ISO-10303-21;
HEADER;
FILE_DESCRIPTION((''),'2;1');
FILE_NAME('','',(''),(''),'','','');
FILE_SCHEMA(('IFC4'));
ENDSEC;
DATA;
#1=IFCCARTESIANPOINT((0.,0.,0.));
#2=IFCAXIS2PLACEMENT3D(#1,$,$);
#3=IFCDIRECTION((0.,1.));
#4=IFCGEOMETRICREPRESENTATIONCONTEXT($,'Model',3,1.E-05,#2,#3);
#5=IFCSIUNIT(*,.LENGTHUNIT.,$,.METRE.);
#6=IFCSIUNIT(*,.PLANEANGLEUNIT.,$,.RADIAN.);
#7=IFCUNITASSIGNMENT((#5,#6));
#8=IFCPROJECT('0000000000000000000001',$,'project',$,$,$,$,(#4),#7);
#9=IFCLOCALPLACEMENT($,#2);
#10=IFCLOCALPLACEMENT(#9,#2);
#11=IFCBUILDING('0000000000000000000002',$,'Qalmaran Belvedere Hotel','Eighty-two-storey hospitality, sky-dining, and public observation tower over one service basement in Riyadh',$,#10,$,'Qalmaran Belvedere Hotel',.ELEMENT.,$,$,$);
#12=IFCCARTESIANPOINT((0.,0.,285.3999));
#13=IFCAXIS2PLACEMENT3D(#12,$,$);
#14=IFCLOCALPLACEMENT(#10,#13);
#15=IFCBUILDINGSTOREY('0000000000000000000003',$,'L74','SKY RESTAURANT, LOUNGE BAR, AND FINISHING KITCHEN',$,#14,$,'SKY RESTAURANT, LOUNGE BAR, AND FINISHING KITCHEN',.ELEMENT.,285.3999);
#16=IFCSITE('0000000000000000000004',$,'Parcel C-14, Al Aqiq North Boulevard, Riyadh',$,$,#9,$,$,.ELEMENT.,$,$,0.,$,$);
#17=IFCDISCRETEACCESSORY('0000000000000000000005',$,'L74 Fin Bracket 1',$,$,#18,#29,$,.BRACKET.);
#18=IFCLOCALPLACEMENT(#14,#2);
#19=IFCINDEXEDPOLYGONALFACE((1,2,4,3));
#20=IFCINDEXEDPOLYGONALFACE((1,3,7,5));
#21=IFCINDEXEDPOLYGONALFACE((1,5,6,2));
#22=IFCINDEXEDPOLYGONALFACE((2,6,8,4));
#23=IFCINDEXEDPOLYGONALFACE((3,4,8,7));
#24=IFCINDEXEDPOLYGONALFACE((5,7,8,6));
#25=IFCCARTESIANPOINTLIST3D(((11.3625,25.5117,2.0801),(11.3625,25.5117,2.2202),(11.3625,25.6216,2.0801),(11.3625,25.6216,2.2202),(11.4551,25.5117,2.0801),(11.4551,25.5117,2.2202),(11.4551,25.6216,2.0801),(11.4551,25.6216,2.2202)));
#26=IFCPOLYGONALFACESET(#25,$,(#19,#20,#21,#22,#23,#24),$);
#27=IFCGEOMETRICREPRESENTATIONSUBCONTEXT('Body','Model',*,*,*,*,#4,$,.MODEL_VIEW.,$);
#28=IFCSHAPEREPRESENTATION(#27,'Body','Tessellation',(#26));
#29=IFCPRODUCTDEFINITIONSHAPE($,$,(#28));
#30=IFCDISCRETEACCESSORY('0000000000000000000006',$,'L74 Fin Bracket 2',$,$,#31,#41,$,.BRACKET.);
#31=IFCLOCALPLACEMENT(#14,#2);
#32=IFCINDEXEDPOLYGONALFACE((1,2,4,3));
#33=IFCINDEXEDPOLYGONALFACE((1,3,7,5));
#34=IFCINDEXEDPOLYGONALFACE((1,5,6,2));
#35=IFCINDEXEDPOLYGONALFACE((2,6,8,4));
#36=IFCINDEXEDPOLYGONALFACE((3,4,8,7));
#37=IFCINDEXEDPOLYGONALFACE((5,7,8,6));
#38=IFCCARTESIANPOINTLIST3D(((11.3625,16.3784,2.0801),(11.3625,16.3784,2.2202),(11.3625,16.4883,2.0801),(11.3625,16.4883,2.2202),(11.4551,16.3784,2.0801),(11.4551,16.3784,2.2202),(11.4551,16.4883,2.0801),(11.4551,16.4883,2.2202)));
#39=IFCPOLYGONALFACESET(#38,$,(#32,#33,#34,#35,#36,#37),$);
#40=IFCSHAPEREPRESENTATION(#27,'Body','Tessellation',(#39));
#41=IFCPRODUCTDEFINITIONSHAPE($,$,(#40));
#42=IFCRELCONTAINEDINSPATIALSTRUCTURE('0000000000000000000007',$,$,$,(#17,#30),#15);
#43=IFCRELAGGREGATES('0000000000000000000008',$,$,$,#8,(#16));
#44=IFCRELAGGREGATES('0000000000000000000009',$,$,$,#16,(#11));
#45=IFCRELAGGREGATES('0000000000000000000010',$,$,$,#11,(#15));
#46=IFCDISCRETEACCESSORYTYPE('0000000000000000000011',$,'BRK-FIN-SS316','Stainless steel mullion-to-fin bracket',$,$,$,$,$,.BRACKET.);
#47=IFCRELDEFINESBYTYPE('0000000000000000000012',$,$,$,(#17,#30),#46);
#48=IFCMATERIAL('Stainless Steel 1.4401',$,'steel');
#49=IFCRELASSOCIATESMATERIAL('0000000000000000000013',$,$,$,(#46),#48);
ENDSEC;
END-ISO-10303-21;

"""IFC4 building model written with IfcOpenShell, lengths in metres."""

from ifc_helpers import new_model, si_unit, direction, frame, origin, place, context, subcontext, project, spatial, polyline, outline, extrude, material, type_object, element, save


model = new_model("IFC4")

# Units and contexts
model_context = context("Model", 3, precision=1e-05, world=origin(), true_north=direction((0.0, 1.0)))
body_context = subcontext(model_context, "Body", "Model", "MODEL_VIEW")
ifc_project = project(units=[si_unit("LENGTHUNIT", "METRE"), si_unit("PLANEANGLEUNIT", "RADIAN")], contexts=[model_context])

# Site, building, storey
site_placement = place(None, origin())
site = spatial("IfcSite", under=ifc_project, at=site_placement, Name="Parcel C-14, Al Aqiq North Boulevard, Riyadh", CompositionType="ELEMENT", RefElevation=0.0)
building_placement = place(site_placement, origin())
building = spatial("IfcBuilding", under=site, at=building_placement, Name="Qalmaran Belvedere Hotel", Description="Eighty-two-storey hospitality, sky-dining, and public observation tower over one service basement in Riyadh", LongName="Qalmaran Belvedere Hotel", CompositionType="ELEMENT")
storey_placement = place(building_placement, frame((0.0, 0.0, 285.3999)))
storey = spatial("IfcBuildingStorey", under=building, at=storey_placement, Name="L74", Description="SKY RESTAURANT, LOUNGE BAR, AND FINISHING KITCHEN", LongName="SKY RESTAURANT, LOUNGE BAR, AND FINISHING KITCHEN", CompositionType="ELEMENT", Elevation=285.3999)

# Discrete accessories
ifc_material_1 = material(Name="Stainless Steel 1.4401", Category="steel")
discrete_accessory_type = type_object("IfcDiscreteAccessoryType", Name="BRK-FIN-SS316", Description="Stainless steel mullion-to-fin bracket", PredefinedType="BRACKET", material=ifc_material_1)
discrete_accessory_1_placement = place(storey_placement, frame((0.0, 0.0, 2.0801)))
element("IfcDiscreteAccessory", 1, at=discrete_accessory_1_placement, inside=storey, type_object=discrete_accessory_type, Name="L74 Fin Bracket 1", PredefinedType="BRACKET", context=body_context, shape_type="SweptSolid", body=[
    extrude(outline(polyline([(11.4551, 25.6216), (11.3625, 25.6216), (11.3625, 25.5117), (11.4551, 25.5117), (11.4551, 25.6216)])), origin(), (0.0, 0.0, 1.0), 0.1401),
])
discrete_accessory_2_placement = place(storey_placement, frame((0.0, 0.0, 2.0801)))
element("IfcDiscreteAccessory", 2, at=discrete_accessory_2_placement, inside=storey, type_object=discrete_accessory_type, Name="L74 Fin Bracket 2", PredefinedType="BRACKET", context=body_context, shape_type="SweptSolid", body=[
    extrude(outline(polyline([(11.4551, 16.4883), (11.3625, 16.4883), (11.3625, 16.3784), (11.4551, 16.3784), (11.4551, 16.4883)])), origin(), (0.0, 0.0, 1.0), 0.1401),
])

save(model, "model.ifc")
